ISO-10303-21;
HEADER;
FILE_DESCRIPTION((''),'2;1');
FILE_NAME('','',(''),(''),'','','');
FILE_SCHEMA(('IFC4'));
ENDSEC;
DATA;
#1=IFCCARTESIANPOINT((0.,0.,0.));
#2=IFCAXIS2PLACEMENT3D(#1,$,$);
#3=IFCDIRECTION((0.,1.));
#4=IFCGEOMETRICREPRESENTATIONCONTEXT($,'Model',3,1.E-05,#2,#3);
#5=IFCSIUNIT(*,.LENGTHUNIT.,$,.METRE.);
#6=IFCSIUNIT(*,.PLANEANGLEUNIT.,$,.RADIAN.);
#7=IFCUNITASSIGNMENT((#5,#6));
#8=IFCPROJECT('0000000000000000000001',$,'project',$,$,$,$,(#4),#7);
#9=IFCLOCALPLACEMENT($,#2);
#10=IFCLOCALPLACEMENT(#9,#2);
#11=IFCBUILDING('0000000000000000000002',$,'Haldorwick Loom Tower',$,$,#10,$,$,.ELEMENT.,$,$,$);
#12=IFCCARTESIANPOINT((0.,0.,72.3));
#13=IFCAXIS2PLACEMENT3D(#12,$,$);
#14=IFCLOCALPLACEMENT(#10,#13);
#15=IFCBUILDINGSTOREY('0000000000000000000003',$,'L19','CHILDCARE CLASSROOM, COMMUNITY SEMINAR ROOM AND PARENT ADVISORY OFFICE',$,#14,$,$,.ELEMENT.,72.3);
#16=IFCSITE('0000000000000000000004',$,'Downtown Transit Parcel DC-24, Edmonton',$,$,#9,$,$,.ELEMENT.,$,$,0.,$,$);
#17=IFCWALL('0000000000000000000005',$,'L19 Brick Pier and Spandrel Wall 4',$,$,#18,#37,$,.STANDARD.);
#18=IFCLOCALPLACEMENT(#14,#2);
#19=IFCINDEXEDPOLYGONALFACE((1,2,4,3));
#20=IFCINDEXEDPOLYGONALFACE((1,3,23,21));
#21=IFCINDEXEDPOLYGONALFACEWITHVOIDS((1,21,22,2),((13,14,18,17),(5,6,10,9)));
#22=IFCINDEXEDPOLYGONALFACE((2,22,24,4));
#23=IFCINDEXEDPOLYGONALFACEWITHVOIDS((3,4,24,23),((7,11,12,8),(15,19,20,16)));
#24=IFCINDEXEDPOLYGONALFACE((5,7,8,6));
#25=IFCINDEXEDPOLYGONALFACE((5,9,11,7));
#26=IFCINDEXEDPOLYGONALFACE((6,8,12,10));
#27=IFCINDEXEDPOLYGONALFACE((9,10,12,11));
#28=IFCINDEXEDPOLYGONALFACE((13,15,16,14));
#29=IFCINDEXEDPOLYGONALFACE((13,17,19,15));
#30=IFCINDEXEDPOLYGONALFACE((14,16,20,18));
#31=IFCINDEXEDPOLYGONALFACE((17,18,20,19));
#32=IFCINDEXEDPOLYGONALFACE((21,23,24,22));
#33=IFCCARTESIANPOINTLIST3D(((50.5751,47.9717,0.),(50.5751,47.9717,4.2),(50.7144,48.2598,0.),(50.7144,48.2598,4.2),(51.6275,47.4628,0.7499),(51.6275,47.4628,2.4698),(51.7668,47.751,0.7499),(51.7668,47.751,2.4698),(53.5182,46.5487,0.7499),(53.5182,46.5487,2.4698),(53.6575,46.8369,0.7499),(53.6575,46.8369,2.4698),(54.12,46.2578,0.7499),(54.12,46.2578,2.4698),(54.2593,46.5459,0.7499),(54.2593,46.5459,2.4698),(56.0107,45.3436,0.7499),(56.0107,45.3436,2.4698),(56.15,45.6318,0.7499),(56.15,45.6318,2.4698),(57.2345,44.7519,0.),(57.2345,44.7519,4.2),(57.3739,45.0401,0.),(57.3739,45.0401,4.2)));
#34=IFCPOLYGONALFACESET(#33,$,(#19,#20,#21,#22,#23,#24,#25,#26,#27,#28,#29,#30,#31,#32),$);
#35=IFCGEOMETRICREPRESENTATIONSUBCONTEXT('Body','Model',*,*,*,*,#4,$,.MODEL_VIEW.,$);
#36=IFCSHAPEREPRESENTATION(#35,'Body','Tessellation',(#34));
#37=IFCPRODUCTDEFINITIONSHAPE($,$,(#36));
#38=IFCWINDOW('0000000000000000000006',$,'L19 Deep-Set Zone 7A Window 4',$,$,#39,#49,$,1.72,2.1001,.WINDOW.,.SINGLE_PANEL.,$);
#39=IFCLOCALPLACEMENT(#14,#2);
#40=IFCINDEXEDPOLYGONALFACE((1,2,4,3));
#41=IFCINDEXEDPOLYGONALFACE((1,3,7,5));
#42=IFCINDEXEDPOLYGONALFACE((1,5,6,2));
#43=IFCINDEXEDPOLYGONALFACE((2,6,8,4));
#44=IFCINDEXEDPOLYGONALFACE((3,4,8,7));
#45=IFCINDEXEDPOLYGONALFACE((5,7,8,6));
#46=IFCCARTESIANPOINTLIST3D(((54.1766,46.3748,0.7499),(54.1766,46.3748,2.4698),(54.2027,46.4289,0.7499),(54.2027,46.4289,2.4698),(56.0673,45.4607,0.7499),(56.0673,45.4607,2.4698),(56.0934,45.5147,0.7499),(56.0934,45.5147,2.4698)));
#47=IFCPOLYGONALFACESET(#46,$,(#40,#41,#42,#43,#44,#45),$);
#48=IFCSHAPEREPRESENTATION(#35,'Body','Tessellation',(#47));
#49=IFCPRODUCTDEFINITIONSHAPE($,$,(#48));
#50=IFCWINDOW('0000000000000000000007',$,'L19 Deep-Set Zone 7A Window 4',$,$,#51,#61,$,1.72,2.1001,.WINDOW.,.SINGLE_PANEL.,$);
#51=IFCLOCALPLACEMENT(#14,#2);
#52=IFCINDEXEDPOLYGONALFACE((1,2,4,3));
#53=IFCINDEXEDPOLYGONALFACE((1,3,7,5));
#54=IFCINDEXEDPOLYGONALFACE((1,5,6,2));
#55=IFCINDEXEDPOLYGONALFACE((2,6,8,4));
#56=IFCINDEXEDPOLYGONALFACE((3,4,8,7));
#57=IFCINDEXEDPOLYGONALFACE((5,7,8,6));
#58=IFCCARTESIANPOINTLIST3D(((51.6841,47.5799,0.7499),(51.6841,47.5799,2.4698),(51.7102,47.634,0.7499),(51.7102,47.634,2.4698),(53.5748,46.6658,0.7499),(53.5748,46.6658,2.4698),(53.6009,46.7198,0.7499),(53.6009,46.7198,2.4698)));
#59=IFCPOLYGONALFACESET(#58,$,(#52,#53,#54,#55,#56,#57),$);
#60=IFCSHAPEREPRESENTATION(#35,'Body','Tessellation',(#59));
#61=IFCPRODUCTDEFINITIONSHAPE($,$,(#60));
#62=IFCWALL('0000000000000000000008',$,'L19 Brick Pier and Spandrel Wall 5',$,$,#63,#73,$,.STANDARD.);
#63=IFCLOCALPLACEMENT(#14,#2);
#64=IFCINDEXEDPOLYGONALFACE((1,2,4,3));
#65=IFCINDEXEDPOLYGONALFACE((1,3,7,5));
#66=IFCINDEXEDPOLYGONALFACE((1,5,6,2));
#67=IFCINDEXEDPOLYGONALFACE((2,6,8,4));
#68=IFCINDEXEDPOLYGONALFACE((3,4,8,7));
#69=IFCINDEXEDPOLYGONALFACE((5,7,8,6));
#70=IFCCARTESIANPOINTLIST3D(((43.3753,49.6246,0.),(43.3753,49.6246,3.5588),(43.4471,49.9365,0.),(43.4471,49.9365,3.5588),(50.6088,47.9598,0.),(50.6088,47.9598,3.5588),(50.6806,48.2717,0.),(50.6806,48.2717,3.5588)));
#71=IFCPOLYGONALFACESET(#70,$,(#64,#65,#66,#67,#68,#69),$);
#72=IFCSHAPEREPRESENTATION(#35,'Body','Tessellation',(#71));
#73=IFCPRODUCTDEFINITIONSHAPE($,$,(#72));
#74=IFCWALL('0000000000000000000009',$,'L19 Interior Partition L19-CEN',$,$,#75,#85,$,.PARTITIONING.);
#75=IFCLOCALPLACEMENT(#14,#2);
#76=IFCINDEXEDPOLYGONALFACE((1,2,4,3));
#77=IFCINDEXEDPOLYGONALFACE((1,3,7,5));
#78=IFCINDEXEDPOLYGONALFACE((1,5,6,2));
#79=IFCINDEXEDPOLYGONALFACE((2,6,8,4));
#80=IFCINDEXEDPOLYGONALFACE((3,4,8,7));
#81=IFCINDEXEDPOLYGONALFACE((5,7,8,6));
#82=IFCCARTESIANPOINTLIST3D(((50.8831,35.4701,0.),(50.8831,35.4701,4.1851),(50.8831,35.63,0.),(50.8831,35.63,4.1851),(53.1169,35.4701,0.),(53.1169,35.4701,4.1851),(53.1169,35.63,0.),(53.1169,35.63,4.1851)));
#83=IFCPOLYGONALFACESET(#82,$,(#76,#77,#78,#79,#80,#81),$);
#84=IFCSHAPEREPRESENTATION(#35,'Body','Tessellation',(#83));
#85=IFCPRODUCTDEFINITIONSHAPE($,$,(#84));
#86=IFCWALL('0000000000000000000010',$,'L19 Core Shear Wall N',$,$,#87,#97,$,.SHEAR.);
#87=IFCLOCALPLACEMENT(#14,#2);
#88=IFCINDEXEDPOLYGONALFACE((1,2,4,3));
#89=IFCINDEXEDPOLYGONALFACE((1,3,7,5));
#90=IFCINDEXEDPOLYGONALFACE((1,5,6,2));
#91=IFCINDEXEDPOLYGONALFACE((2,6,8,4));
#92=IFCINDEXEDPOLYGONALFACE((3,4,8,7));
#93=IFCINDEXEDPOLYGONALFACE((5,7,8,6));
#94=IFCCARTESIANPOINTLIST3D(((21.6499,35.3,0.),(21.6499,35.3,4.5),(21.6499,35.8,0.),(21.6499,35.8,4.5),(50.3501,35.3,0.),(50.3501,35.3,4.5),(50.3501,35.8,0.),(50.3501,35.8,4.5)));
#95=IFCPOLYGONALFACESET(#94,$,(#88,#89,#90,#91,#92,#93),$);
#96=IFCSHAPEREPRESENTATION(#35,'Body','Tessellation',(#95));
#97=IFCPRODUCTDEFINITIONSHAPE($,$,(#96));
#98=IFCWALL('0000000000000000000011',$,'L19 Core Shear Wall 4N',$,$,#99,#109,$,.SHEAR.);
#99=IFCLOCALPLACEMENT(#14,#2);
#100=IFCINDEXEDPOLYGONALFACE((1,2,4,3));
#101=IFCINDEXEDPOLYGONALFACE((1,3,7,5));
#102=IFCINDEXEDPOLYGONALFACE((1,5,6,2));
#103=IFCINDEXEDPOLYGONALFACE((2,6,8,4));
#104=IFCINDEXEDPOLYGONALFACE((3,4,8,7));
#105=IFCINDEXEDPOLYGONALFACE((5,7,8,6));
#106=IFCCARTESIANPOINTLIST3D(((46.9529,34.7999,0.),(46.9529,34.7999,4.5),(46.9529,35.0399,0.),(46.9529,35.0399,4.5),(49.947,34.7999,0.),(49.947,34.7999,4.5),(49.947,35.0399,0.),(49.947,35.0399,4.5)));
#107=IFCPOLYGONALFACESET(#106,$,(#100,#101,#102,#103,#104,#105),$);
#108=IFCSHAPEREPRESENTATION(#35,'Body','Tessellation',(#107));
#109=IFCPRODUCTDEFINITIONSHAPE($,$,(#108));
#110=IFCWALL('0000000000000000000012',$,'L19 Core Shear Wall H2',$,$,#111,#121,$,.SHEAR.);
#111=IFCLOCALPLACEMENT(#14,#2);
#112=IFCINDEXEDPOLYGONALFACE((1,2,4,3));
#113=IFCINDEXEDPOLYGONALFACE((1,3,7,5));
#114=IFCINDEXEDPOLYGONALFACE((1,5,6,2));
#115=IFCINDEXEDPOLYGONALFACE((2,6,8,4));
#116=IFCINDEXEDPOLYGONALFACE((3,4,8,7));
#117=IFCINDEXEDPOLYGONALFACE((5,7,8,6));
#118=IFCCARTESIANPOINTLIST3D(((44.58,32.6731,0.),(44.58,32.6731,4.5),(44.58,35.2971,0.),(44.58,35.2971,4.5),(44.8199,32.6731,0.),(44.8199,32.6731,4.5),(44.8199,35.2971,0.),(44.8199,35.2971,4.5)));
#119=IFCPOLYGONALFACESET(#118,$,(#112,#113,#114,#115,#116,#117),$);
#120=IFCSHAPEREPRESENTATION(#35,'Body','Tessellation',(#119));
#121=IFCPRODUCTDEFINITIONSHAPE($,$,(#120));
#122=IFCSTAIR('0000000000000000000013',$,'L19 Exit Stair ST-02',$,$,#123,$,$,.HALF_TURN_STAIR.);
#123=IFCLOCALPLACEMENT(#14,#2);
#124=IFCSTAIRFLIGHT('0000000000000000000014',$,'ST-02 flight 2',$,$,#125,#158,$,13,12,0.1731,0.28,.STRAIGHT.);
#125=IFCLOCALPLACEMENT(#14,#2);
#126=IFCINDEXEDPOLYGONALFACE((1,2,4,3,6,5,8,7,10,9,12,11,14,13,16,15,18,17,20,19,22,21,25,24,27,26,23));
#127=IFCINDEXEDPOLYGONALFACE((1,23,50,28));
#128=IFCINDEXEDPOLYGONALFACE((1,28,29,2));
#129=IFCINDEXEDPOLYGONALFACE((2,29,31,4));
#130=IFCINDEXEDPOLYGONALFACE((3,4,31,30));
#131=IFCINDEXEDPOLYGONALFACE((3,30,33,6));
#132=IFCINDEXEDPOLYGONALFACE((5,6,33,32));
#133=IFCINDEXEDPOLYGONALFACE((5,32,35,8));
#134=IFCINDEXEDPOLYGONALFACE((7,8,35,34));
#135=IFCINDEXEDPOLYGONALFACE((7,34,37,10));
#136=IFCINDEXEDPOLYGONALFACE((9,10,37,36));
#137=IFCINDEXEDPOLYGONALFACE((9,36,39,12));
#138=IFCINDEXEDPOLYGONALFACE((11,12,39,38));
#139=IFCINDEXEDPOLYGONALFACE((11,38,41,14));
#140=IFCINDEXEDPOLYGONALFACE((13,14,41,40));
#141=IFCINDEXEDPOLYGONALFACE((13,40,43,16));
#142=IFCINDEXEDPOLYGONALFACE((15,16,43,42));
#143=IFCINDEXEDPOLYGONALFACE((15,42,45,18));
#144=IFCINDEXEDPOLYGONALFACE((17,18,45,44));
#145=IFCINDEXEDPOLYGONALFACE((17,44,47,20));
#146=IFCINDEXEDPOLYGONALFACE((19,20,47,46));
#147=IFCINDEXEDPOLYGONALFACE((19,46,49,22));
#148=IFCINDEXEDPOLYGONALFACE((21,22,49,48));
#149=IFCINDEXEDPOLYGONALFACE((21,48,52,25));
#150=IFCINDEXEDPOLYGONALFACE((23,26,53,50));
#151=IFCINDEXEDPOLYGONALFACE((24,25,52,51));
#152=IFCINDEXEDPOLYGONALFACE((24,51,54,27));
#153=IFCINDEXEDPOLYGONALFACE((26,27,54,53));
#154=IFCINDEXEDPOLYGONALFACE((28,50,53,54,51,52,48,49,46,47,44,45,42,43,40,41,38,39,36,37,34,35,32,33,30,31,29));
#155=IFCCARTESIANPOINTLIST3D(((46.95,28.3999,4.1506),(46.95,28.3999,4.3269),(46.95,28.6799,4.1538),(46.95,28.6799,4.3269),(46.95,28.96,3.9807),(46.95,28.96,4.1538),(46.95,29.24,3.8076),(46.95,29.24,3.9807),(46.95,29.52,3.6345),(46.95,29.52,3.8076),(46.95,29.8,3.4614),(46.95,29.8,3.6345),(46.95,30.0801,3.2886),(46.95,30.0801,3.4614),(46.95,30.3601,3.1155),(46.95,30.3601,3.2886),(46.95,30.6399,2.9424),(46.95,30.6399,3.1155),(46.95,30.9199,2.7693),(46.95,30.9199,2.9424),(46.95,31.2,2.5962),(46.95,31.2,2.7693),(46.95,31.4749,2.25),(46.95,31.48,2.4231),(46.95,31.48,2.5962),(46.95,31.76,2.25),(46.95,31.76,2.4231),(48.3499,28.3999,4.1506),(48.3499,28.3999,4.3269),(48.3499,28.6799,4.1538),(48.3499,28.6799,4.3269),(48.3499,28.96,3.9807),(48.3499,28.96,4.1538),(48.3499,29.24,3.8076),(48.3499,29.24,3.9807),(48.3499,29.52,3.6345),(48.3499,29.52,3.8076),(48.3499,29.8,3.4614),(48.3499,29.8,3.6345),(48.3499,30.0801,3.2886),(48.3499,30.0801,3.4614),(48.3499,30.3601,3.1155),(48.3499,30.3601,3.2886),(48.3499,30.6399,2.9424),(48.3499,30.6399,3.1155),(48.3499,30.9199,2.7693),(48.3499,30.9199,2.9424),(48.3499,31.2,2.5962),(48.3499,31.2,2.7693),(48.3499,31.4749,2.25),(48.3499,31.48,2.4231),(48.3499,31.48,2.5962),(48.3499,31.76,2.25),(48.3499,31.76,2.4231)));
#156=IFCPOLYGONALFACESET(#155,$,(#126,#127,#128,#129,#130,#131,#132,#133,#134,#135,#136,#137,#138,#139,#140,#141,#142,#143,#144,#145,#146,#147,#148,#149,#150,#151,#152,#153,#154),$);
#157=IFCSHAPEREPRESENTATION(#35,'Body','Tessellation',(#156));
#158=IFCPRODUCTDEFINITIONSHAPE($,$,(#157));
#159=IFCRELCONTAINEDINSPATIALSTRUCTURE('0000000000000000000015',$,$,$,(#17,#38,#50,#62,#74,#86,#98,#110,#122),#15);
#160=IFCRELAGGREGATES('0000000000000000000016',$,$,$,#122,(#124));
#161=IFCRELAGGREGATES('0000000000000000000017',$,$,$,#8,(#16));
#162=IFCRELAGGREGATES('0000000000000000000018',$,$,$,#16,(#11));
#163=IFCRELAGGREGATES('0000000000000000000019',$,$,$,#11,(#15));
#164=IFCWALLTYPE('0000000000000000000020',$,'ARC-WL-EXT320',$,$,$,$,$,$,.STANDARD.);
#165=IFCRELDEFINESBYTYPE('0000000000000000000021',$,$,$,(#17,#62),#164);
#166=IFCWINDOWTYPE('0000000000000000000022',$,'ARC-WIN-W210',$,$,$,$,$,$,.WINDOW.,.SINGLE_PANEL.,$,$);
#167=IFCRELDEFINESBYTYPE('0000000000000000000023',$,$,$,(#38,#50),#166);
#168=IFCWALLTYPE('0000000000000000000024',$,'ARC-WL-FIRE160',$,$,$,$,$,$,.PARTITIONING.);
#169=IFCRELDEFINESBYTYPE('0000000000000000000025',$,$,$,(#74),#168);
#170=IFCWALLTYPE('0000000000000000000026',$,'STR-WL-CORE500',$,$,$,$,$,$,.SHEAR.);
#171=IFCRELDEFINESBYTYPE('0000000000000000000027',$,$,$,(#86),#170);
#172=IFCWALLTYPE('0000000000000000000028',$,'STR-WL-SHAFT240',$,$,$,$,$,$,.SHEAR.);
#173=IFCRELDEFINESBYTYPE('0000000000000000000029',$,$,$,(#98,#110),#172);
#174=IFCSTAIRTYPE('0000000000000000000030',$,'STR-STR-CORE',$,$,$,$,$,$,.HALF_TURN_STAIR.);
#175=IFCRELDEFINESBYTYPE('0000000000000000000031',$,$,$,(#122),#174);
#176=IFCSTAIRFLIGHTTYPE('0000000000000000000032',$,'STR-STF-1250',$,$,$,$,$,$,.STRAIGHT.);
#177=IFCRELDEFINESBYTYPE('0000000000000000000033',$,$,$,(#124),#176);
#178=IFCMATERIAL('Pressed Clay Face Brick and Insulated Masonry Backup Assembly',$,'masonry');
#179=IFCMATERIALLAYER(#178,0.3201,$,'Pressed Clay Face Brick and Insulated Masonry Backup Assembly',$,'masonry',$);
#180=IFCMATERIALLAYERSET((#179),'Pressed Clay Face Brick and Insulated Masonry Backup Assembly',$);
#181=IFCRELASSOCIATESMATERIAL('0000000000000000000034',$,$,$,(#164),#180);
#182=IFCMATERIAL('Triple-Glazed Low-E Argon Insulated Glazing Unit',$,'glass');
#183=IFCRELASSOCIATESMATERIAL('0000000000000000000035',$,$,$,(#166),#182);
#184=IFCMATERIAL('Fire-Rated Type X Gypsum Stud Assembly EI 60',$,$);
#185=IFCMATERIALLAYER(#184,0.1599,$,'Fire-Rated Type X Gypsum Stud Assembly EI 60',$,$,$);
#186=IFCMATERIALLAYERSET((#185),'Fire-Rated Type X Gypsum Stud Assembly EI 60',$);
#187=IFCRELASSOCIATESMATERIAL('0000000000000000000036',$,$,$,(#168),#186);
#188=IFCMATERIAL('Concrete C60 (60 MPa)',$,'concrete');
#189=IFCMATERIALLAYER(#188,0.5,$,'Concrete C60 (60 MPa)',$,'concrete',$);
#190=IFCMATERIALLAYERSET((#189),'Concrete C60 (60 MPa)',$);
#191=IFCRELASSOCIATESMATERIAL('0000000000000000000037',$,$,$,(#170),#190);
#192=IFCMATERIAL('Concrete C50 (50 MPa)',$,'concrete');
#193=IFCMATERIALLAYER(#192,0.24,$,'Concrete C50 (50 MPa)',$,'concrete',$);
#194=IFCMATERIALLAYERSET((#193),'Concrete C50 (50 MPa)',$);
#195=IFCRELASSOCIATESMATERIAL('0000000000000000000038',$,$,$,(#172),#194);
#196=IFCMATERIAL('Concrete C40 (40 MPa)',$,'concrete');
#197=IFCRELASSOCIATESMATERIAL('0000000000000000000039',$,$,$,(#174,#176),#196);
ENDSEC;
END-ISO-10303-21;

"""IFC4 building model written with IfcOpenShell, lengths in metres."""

from ifc_helpers import new_model, si_unit, direction, frame, frame_2d, origin, place, context, subcontext, project, spatial, polyline, rectangle, outline, extrude, material, layer, layer_set, type_object, element, fill, aggregate, save


model = new_model("IFC4")

# Units and contexts
model_context = context("Model", 3, precision=1e-05, world=origin(), true_north=direction((0.0, 1.0)))
body_context = subcontext(model_context, "Body", "Model", "MODEL_VIEW")
ifc_project = project(units=[si_unit("LENGTHUNIT", "METRE"), si_unit("PLANEANGLEUNIT", "RADIAN")], contexts=[model_context])

# Site, building, storey
site_placement = place(None, origin())
site = spatial("IfcSite", under=ifc_project, at=site_placement, Name="Downtown Transit Parcel DC-24, Edmonton", CompositionType="ELEMENT", RefElevation=0.0)
building_placement = place(site_placement, origin())
building = spatial("IfcBuilding", under=site, at=building_placement, Name="Haldorwick Loom Tower", CompositionType="ELEMENT")
storey_placement = place(building_placement, frame((0.0, 0.0, 72.3)))
storey = spatial("IfcBuildingStorey", under=building, at=storey_placement, Name="L19", Description="CHILDCARE CLASSROOM, COMMUNITY SEMINAR ROOM AND PARENT ADVISORY OFFICE", CompositionType="ELEMENT", Elevation=72.3)

# Shared definitions
ifc_material_1 = material(Name="Concrete C60 (60 MPa)", Category="concrete")

# Shared definitions
ifc_material_2 = material(Name="Pressed Clay Face Brick and Insulated Masonry Backup Assembly", Category="masonry")
ifc_layer_1 = layer(ifc_material_2, 0.3201, Name="Pressed Clay Face Brick and Insulated Masonry Backup Assembly", Category="masonry")
ifc_layer_set_1 = layer_set([ifc_layer_1], Name="Pressed Clay Face Brick and Insulated Masonry Backup Assembly")
wall_type_1 = type_object("IfcWallType", Name="ARC-WL-EXT320", PredefinedType="STANDARD", material=ifc_layer_set_1)

# Wall, openings, windows
wall_1_placement = place(storey_placement, frame((57.3042, 44.896, 0.0), z_axis=(0.0, 0.0, 1.0), x_axis=(-0.900296, 0.435279, 0.0)))
wall_1 = element("IfcWall", 1, at=wall_1_placement, inside=storey, type_object=wall_type_1, Name="L19 Brick Pier and Spandrel Wall 4", PredefinedType="STANDARD", context=body_context, shape_type="SweptSolid", body=[
    extrude(rectangle(XDim=7.397, YDim=0.3201, at=frame_2d((3.6985, 0.0))), origin(), (0.0, 0.0, 1.0), 4.2),
])
opening_1_placement = place(wall_1_placement, frame((1.3594, 0.0, 0.75)))
opening_1 = element("IfcOpeningElement", 2, at=opening_1_placement, cuts=wall_1, PredefinedType="OPENING", context=body_context, shape_type="SweptSolid", body=[
    extrude(rectangle(XDim=2.1001, YDim=1.72, at=frame_2d((1.05, 0.8599))), frame((0.0, 0.1699, 0.0), z_axis=(0.0, -1.0, 0.0), x_axis=(1.0, 0.0, 0.0)), (0.0, 0.0, 1.0), 0.3401),
])
opening_2_placement = place(wall_1_placement, frame((4.1279, 0.0, 0.75)))
opening_2 = element("IfcOpeningElement", 3, at=opening_2_placement, cuts=wall_1, PredefinedType="OPENING", context=body_context, shape_type="SweptSolid", body=[
    extrude(rectangle(XDim=2.1001, YDim=1.72, at=frame_2d((1.05, 0.8599))), frame((0.0, 0.1699, 0.0), z_axis=(0.0, -1.0, 0.0), x_axis=(1.0, 0.0, 0.0)), (0.0, 0.0, 1.0), 0.3401),
])
ifc_material_3 = material(Name="Triple-Glazed Low-E Argon Insulated Glazing Unit", Category="glass")
window_type = type_object("IfcWindowType", Name="ARC-WIN-W210", PartitioningType="SINGLE_PANEL", PredefinedType="WINDOW", material=ifc_material_3)
window_1_placement = place(opening_1_placement, origin())
window_1 = element("IfcWindow", 4, at=window_1_placement, inside=storey, type_object=window_type, Name="L19 Deep-Set Zone 7A Window 4", OverallHeight=1.72, OverallWidth=2.1001, PartitioningType="SINGLE_PANEL", PredefinedType="WINDOW", context=body_context, shape_type="SweptSolid", body=[
    extrude(rectangle(XDim=2.1001, YDim=1.72, at=frame_2d((1.05, 0.8599))), frame((0.0, 0.03, 0.0), z_axis=(0.0, -1.0, 0.0), x_axis=(1.0, 0.0, 0.0)), (0.0, 0.0, 1.0), 0.0601),
])
fill(opening_1, window_1)
window_2_placement = place(opening_2_placement, origin())
window_2 = element("IfcWindow", 5, at=window_2_placement, inside=storey, type_object=window_type, Name="L19 Deep-Set Zone 7A Window 4", OverallHeight=1.72, OverallWidth=2.1001, PartitioningType="SINGLE_PANEL", PredefinedType="WINDOW", context=body_context, shape_type="SweptSolid", body=[
    extrude(rectangle(XDim=2.1001, YDim=1.72, at=frame_2d((1.05, 0.8599))), frame((0.0, 0.03, 0.0), z_axis=(0.0, -1.0, 0.0), x_axis=(1.0, 0.0, 0.0)), (0.0, 0.0, 1.0), 0.0601),
])
fill(opening_2, window_2)

# Walls
wall_2_placement = place(storey_placement, frame((50.6448, 48.1157, 0.0), z_axis=(0.0, 0.0, 1.0), x_axis=(-0.974522, 0.22429, 0.0)))
element("IfcWall", 6, at=wall_2_placement, inside=storey, type_object=wall_type_1, Name="L19 Brick Pier and Spandrel Wall 5", PredefinedType="STANDARD", context=body_context, shape_type="SweptSolid", body=[
    extrude(rectangle(XDim=7.4226, YDim=0.3201, at=frame_2d((3.7114, 0.0))), origin(), (0.0, 0.0, 1.0), 3.5588),
])
ifc_material_4 = material(Name="Fire-Rated Type X Gypsum Stud Assembly EI 60")
ifc_layer_2 = layer(ifc_material_4, 0.1599, Name="Fire-Rated Type X Gypsum Stud Assembly EI 60")
ifc_layer_set_2 = layer_set([ifc_layer_2], Name="Fire-Rated Type X Gypsum Stud Assembly EI 60")
wall_type_2 = type_object("IfcWallType", Name="ARC-WL-FIRE160", PredefinedType="PARTITIONING", material=ifc_layer_set_2)
wall_3_placement = place(storey_placement, frame((50.8831, 35.55, 0.0), z_axis=(0.0, 0.0, 1.0), x_axis=(1.0, 0.0, 0.0)))
element("IfcWall", 7, at=wall_3_placement, inside=storey, type_object=wall_type_2, Name="L19 Interior Partition L19-CEN", PredefinedType="PARTITIONING", context=body_context, shape_type="SweptSolid", body=[
    extrude(rectangle(XDim=2.2339, YDim=0.1599, at=frame_2d((1.1169, 0.0))), origin(), (0.0, 0.0, 1.0), 4.1851),
])
ifc_layer_3 = layer(ifc_material_1, 0.5, Name="Concrete C60 (60 MPa)", Category="concrete")
ifc_layer_set_3 = layer_set([ifc_layer_3], Name="Concrete C60 (60 MPa)")
wall_type_3 = type_object("IfcWallType", Name="STR-WL-CORE500", PredefinedType="SHEAR", material=ifc_layer_set_3)
wall_4_placement = place(storey_placement, frame((50.3501, 35.55, 0.0), z_axis=(0.0, 0.0, 1.0), x_axis=(-1.0, 0.0, 0.0)))
element("IfcWall", 8, at=wall_4_placement, inside=storey, type_object=wall_type_3, Name="L19 Core Shear Wall N", PredefinedType="SHEAR", context=body_context, shape_type="SweptSolid", body=[
    extrude(rectangle(XDim=28.7002, YDim=0.5, at=frame_2d((14.3501, 0.0))), origin(), (0.0, 0.0, 1.0), 4.5),
])
ifc_material_5 = material(Name="Concrete C50 (50 MPa)", Category="concrete")
ifc_layer_4 = layer(ifc_material_5, 0.24, Name="Concrete C50 (50 MPa)", Category="concrete")
ifc_layer_set_4 = layer_set([ifc_layer_4], Name="Concrete C50 (50 MPa)")
wall_type_4 = type_object("IfcWallType", Name="STR-WL-SHAFT240", PredefinedType="SHEAR", material=ifc_layer_set_4)
wall_5_placement = place(storey_placement, frame((46.9529, 34.9199, 0.0), z_axis=(0.0, 0.0, 1.0), x_axis=(1.0, 0.0, 0.0)))
element("IfcWall", 9, at=wall_5_placement, inside=storey, type_object=wall_type_4, Name="L19 Core Shear Wall 4N", PredefinedType="SHEAR", context=body_context, shape_type="SweptSolid", body=[
    extrude(rectangle(XDim=2.9941, YDim=0.24, at=frame_2d((1.4971, 0.0))), origin(), (0.0, 0.0, 1.0), 4.5),
])
wall_6_placement = place(storey_placement, frame((44.7, 32.6731, 0.0), z_axis=(0.0, 0.0, 1.0), x_axis=(0.0, 1.0, 0.0)))
element("IfcWall", 10, at=wall_6_placement, inside=storey, type_object=wall_type_4, Name="L19 Core Shear Wall H2", PredefinedType="SHEAR", context=body_context, shape_type="SweptSolid", body=[
    extrude(rectangle(XDim=2.624, YDim=0.24, at=frame_2d((1.312, 0.0))), origin(), (0.0, 0.0, 1.0), 4.5),
])

# Stair, stair flight
ifc_material_6 = material(Name="Concrete C40 (40 MPa)", Category="concrete")
stair_type = type_object("IfcStairType", Name="STR-STR-CORE", PredefinedType="HALF_TURN_STAIR", material=ifc_material_6)
stair_placement = place(storey_placement, origin())
stair = element("IfcStair", 11, at=stair_placement, inside=storey, type_object=stair_type, Name="L19 Exit Stair ST-02", PredefinedType="HALF_TURN_STAIR")
stair_flight_type = type_object("IfcStairFlightType", Name="STR-STF-1250", PredefinedType="STRAIGHT", material=ifc_material_6)
stair_flight_placement = place(storey_placement, frame((47.6499, 31.76, 2.25), z_axis=(0.0, 0.0, 1.0), x_axis=(0.0, -1.0, 0.0)))
stair_flight = element("IfcStairFlight", 12, at=stair_flight_placement, type_object=stair_flight_type, Name="ST-02 flight 2", NumberOfRisers=13, NumberOfTreads=12, PredefinedType="STRAIGHT", RiserHeight=0.1731, TreadLength=0.28, context=body_context, shape_type="SweptSolid", body=[
    extrude(outline(polyline([(0.0, 0.0), (0.0, 0.1731), (0.28, 0.1731), (0.28, 0.3462), (0.5601, 0.3462), (0.5601, 0.5193), (0.8401, 0.5193), (0.8401, 0.6924), (1.1201, 0.6924), (1.1201, 0.8655), (1.3999, 0.8655), (1.3999, 1.0386), (1.6799, 1.0386), (1.6799, 1.2114), (1.96, 1.2114), (1.96, 1.3845), (2.24, 1.3845), (2.24, 1.5576), (2.52, 1.5576), (2.52, 1.7307), (2.8, 1.7307), (2.8, 1.9038), (3.0801, 1.9038), (3.0801, 2.0769), (3.3601, 2.0769), (3.3601, 2.25), (3.3601, 1.9006), (0.2852, 0.0), (0.0, 0.0)])), frame((0.0, 0.7, 0.0), z_axis=(0.0, -1.0, 0.0), x_axis=(1.0, 0.0, 0.0)), (0.0, 0.0, 1.0), 1.3999),
])
aggregate(stair, [stair_flight])

save(model, "model.ifc")
